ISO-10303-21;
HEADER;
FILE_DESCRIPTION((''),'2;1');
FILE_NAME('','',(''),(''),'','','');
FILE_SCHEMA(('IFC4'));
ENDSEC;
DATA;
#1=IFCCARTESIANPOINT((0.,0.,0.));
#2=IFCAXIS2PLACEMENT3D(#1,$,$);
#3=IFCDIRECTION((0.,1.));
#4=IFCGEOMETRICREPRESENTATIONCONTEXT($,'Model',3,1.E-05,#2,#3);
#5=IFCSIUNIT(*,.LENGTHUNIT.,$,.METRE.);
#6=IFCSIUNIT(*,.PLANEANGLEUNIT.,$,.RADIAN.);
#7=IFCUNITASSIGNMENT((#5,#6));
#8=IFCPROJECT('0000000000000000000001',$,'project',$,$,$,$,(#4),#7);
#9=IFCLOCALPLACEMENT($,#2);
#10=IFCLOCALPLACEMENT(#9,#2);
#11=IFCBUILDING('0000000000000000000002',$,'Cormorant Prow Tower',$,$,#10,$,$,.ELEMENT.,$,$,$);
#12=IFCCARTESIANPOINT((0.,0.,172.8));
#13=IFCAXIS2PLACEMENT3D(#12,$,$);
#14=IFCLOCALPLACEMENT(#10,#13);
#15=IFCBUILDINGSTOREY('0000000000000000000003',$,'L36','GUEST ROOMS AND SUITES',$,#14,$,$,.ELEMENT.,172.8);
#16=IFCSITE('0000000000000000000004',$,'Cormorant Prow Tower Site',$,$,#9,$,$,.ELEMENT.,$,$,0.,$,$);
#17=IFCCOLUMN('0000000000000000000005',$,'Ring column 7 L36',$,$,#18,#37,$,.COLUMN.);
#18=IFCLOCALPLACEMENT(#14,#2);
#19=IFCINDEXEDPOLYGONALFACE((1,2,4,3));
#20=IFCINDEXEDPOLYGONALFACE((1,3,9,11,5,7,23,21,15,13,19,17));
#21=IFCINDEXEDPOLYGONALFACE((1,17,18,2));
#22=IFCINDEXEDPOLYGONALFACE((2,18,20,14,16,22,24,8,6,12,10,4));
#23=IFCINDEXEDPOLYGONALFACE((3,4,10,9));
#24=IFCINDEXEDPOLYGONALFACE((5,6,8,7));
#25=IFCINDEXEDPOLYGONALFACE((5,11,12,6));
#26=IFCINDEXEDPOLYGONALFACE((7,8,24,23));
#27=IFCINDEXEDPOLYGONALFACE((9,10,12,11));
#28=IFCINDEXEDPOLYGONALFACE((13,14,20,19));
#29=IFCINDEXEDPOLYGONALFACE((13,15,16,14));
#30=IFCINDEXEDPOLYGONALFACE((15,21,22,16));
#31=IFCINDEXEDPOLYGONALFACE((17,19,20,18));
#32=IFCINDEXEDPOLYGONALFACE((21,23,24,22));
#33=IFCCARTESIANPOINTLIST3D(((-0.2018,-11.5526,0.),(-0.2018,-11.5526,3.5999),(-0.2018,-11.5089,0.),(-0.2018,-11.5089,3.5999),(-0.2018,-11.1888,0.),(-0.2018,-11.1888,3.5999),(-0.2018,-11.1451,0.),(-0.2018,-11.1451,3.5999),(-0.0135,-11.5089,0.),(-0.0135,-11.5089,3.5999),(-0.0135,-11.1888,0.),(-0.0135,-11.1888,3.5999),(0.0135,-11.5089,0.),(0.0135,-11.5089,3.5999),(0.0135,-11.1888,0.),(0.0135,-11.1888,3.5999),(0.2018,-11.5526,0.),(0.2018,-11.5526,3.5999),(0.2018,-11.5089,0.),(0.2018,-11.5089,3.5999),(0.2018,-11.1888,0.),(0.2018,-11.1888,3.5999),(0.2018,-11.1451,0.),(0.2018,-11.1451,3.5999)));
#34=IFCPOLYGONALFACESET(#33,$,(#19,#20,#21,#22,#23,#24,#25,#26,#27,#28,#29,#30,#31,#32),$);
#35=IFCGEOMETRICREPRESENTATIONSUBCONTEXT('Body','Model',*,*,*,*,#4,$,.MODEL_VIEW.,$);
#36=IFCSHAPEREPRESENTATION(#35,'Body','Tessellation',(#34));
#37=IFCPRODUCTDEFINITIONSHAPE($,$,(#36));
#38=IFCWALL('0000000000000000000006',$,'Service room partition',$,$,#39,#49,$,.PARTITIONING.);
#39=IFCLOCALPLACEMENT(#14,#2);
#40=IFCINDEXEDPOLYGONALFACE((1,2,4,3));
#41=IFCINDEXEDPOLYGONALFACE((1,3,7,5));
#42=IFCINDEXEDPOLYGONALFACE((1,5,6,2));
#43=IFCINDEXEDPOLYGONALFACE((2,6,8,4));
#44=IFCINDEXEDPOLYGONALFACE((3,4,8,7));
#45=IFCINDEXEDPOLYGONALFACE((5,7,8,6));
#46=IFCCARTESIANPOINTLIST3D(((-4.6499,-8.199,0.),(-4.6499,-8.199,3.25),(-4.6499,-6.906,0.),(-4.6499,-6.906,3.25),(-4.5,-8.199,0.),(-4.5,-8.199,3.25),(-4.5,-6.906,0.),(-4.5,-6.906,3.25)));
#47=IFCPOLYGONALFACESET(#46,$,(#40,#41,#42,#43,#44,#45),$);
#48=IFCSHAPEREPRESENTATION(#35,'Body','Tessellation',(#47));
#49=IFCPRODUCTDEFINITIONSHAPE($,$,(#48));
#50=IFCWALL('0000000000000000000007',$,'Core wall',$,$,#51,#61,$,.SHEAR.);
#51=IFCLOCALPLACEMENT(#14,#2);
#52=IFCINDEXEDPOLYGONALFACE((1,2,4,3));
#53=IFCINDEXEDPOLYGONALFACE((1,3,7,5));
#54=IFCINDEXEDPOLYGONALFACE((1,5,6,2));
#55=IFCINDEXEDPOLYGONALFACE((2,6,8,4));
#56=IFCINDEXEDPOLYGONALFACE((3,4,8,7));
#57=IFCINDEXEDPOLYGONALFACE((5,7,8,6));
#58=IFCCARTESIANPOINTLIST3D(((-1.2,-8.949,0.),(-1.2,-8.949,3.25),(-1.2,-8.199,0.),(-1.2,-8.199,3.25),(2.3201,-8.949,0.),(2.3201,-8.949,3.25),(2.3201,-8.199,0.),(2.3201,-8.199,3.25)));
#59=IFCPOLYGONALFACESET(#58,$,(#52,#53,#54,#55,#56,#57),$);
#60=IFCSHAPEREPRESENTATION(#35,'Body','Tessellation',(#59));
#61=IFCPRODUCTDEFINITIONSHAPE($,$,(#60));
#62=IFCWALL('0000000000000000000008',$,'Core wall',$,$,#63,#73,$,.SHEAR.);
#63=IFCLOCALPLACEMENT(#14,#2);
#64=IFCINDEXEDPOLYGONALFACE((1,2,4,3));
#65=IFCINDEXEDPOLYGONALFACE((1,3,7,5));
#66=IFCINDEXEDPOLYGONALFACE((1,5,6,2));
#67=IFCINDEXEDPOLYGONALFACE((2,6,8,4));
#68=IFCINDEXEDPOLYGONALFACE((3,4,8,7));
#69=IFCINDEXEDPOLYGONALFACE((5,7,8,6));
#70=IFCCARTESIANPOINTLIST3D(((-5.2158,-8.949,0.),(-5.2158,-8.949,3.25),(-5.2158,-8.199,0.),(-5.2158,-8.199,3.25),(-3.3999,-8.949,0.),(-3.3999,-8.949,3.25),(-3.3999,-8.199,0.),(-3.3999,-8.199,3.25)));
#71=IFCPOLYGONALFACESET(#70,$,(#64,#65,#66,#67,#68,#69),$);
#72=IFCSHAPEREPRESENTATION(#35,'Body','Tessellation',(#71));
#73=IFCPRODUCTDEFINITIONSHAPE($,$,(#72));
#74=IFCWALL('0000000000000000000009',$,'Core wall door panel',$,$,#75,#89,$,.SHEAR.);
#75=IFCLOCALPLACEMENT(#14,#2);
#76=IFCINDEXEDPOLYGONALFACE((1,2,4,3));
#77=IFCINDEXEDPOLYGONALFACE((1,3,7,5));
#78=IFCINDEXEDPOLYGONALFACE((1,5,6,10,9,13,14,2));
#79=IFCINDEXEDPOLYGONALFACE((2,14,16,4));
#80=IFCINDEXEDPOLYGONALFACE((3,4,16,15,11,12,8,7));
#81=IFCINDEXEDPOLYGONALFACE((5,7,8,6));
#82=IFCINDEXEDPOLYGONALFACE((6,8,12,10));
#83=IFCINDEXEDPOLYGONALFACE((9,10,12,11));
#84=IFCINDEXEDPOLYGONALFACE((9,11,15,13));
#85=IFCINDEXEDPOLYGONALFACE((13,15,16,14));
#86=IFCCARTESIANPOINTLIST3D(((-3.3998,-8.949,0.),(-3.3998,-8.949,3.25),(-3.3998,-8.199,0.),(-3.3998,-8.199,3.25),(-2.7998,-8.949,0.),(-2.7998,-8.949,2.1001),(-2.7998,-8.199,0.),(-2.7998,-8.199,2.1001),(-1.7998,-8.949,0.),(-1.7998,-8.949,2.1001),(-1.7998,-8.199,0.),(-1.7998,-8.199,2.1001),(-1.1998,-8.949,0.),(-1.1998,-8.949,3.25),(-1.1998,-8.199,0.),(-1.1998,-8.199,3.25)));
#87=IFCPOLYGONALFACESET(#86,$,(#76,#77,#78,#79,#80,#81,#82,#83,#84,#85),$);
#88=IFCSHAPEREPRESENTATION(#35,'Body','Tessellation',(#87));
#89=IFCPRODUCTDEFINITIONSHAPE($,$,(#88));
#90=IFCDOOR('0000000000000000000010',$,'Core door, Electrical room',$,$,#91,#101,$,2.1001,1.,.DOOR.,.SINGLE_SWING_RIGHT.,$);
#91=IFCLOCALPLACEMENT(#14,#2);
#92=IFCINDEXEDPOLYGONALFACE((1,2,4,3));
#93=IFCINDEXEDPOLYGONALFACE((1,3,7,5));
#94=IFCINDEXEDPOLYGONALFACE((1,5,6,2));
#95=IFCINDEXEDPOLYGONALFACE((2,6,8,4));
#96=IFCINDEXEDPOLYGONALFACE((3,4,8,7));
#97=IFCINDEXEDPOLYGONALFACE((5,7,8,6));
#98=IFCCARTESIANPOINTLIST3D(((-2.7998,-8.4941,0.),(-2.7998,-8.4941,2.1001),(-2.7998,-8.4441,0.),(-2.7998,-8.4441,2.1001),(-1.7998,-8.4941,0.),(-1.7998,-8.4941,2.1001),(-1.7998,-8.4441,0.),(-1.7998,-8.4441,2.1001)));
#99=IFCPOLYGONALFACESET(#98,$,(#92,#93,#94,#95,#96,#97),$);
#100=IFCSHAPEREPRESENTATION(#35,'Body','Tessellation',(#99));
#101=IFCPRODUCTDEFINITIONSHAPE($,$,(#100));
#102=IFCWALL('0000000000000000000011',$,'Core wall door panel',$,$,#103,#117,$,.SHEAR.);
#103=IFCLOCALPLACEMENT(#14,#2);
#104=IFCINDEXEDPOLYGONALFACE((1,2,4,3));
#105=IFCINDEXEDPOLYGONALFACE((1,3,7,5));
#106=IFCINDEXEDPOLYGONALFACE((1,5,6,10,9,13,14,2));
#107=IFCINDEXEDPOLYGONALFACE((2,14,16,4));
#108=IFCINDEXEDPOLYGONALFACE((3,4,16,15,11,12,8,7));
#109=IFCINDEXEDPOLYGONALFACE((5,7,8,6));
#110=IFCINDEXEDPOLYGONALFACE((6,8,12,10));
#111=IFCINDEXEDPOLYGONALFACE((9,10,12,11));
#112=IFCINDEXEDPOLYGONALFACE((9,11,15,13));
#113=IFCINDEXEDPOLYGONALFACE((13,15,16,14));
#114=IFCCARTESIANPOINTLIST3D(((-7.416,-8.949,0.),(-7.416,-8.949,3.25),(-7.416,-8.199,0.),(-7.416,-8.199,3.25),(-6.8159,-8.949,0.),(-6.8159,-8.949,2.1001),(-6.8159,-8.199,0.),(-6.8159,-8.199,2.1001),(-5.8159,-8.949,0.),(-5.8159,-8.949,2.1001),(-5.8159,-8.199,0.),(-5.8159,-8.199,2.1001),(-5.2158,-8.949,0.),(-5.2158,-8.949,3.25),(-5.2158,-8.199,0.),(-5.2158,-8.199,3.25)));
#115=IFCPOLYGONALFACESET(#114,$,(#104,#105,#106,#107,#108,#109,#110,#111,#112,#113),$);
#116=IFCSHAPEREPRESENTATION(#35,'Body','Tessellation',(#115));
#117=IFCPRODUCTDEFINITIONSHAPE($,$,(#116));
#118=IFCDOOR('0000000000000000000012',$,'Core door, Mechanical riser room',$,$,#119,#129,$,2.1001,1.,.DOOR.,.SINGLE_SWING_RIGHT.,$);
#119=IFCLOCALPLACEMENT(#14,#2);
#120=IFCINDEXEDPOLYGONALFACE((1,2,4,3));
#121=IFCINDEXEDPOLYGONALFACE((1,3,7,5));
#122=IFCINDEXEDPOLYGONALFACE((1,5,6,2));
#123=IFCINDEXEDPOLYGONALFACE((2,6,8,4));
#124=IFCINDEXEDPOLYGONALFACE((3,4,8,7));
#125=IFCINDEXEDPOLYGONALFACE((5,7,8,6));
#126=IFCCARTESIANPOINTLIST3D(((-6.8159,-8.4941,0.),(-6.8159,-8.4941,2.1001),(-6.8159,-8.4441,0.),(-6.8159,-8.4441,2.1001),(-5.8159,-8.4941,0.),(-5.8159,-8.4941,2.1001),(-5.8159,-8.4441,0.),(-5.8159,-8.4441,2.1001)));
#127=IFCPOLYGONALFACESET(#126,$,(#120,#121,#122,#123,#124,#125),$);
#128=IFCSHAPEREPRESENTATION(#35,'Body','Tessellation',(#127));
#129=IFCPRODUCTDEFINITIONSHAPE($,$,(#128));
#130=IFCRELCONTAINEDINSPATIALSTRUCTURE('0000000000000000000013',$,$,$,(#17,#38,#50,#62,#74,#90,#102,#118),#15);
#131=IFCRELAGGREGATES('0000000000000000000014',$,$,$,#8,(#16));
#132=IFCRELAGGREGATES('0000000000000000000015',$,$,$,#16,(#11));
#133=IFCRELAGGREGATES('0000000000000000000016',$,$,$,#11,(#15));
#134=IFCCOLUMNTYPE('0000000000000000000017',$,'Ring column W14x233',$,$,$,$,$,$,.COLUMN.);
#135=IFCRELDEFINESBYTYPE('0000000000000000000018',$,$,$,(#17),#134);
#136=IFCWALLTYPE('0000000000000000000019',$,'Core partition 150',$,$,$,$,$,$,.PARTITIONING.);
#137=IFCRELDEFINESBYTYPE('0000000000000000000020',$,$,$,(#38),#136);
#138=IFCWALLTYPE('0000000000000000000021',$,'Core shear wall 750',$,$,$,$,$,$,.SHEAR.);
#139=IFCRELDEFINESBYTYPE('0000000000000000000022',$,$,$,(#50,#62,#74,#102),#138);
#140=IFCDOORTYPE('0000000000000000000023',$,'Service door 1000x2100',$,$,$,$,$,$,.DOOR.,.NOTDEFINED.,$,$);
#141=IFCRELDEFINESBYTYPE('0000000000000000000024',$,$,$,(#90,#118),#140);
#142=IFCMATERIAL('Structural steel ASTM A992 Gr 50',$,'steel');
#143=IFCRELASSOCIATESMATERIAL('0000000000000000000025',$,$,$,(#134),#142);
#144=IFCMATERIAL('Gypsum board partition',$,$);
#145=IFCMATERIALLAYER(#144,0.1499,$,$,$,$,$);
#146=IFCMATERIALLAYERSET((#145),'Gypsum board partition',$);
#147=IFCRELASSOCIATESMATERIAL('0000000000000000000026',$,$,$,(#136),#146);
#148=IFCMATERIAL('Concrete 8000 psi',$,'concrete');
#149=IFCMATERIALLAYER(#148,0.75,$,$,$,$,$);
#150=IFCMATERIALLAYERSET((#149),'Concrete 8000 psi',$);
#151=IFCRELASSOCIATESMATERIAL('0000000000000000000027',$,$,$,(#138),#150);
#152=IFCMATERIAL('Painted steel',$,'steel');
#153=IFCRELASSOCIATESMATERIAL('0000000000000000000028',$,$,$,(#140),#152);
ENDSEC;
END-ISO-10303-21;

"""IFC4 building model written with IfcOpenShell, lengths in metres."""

from ifc_helpers import new_model, si_unit, direction, frame, frame_2d, origin, origin_2d, place, context, subcontext, project, spatial, rectangle, i_section, extrude, material, layer, layer_set, material_profile, profile_set, type_object, element, fill, save


model = new_model("IFC4")

# Units and contexts
model_context = context("Model", 3, precision=1e-05, world=origin(), true_north=direction((0.0, 1.0)))
body_context = subcontext(model_context, "Body", "Model", "MODEL_VIEW")
ifc_project = project(units=[si_unit("LENGTHUNIT", "METRE"), si_unit("PLANEANGLEUNIT", "RADIAN")], contexts=[model_context])

# Site, building, storey
site_placement = place(None, origin())
site = spatial("IfcSite", under=ifc_project, at=site_placement, Name="Cormorant Prow Tower Site", CompositionType="ELEMENT", RefElevation=0.0)
building_placement = place(site_placement, origin())
building = spatial("IfcBuilding", under=site, at=building_placement, Name="Cormorant Prow Tower", CompositionType="ELEMENT")
storey_placement = place(building_placement, frame((0.0, 0.0, 172.8)))
storey = spatial("IfcBuildingStorey", under=building, at=storey_placement, Name="L36", Description="GUEST ROOMS AND SUITES", CompositionType="ELEMENT", Elevation=172.8)

# Column
ifc_material_1 = material(Name="Structural steel ASTM A992 Gr 50", Category="steel")
ifc_material_profile = material_profile(ifc_material_1, i_section(OverallWidth=0.4036, OverallDepth=0.4075, WebThickness=0.0271, FlangeThickness=0.0437, at=origin_2d()), Name="W14x233")
ifc_profile_set = profile_set([ifc_material_profile], Name="Structural steel ASTM A992 Gr 50")
column_type = type_object("IfcColumnType", Name="Ring column W14x233", PredefinedType="COLUMN", material=ifc_profile_set)
column_placement = place(storey_placement, frame((0.0, -11.3489, 0.0), z_axis=(0.0, 0.0, 1.0), x_axis=(1.0, 0.0, 0.0)))
element("IfcColumn", 1, at=column_placement, inside=storey, type_object=column_type, Name="Ring column 7 L36", PredefinedType="COLUMN", context=body_context, shape_type="SweptSolid", body=[
    extrude(i_section(OverallWidth=0.4036, OverallDepth=0.4075, WebThickness=0.0271, FlangeThickness=0.0437, at=origin_2d()), origin(), (0.0, 0.0, 1.0), 3.5999),
])

# Walls
ifc_material_2 = material(Name="Gypsum board partition")
ifc_layer_1 = layer(ifc_material_2, 0.1499)
ifc_layer_set_1 = layer_set([ifc_layer_1], Name="Gypsum board partition")
wall_type_1 = type_object("IfcWallType", Name="Core partition 150", PredefinedType="PARTITIONING", material=ifc_layer_set_1)
wall_1_placement = place(storey_placement, frame((-4.575, -6.906, 0.0), z_axis=(0.0, 0.0, 1.0), x_axis=(0.0, -1.0, 0.0)))
element("IfcWall", 2, at=wall_1_placement, inside=storey, type_object=wall_type_1, Name="Service room partition", PredefinedType="PARTITIONING", context=body_context, shape_type="SweptSolid", body=[
    extrude(rectangle(XDim=1.293, YDim=0.1499, at=frame_2d((0.6465, 0.0))), origin(), (0.0, 0.0, 1.0), 3.25),
])
ifc_material_3 = material(Name="Concrete 8000 psi", Category="concrete")
ifc_layer_2 = layer(ifc_material_3, 0.75)
ifc_layer_set_2 = layer_set([ifc_layer_2], Name="Concrete 8000 psi")
wall_type_2 = type_object("IfcWallType", Name="Core shear wall 750", PredefinedType="SHEAR", material=ifc_layer_set_2)
wall_2_placement = place(storey_placement, frame((-1.2, -8.574, 0.0), z_axis=(0.0, 0.0, 1.0), x_axis=(1.0, 0.0, 0.0)))
element("IfcWall", 3, at=wall_2_placement, inside=storey, type_object=wall_type_2, Name="Core wall", PredefinedType="SHEAR", context=body_context, shape_type="SweptSolid", body=[
    extrude(rectangle(XDim=3.52, YDim=0.75, at=frame_2d((1.76, 0.0))), origin(), (0.0, 0.0, 1.0), 3.25),
])
wall_3_placement = place(storey_placement, frame((-5.2158, -8.574, 0.0), z_axis=(0.0, 0.0, 1.0), x_axis=(1.0, 0.0, 0.0)))
element("IfcWall", 4, at=wall_3_placement, inside=storey, type_object=wall_type_2, Name="Core wall", PredefinedType="SHEAR", context=body_context, shape_type="SweptSolid", body=[
    extrude(rectangle(XDim=1.8159, YDim=0.75, at=frame_2d((0.908, 0.0))), origin(), (0.0, 0.0, 1.0), 3.25),
])

# Walls, openings, doors
wall_4_placement = place(storey_placement, frame((-3.3999, -8.574, 0.0), z_axis=(0.0, 0.0, 1.0), x_axis=(1.0, 0.0, 0.0)))
wall_4 = element("IfcWall", 5, at=wall_4_placement, inside=storey, type_object=wall_type_2, Name="Core wall door panel", PredefinedType="SHEAR", context=body_context, shape_type="SweptSolid", body=[
    extrude(rectangle(XDim=2.2, YDim=0.75, at=frame_2d((1.1001, 0.0))), origin(), (0.0, 0.0, 1.0), 3.25),
])
opening_1_placement = place(wall_4_placement, frame((0.6001, 0.0, 0.0)))
opening_1 = element("IfcOpeningElement", 6, at=opening_1_placement, cuts=wall_4, PredefinedType="OPENING", context=body_context, shape_type="SweptSolid", body=[
    extrude(rectangle(XDim=1.0, YDim=2.1001, at=frame_2d((0.5, 1.05))), frame((0.0, 0.385, 0.0), z_axis=(0.0, -1.0, 0.0), x_axis=(1.0, 0.0, 0.0)), (0.0, 0.0, 1.0), 0.77),
])
ifc_material_4 = material(Name="Painted steel", Category="steel")
door_type_1 = type_object("IfcDoorType", Name="Service door 1000x2100", OperationType="NOTDEFINED", PredefinedType="DOOR", material=ifc_material_4)
door_1_placement = place(opening_1_placement, origin())
door_1 = element("IfcDoor", 7, at=door_1_placement, inside=storey, type_object=door_type_1, Name="Core door, Electrical room", OperationType="SINGLE_SWING_RIGHT", OverallHeight=2.1001, OverallWidth=1.0, PredefinedType="DOOR", context=body_context, shape_type="SweptSolid", body=[
    extrude(rectangle(XDim=1.0, YDim=2.1001, at=frame_2d((0.5, 1.05))), frame((0.0, 0.1299, 0.0), z_axis=(0.0, -1.0, 0.0), x_axis=(1.0, 0.0, 0.0)), (0.0, 0.0, 1.0), 0.05),
])
fill(opening_1, door_1)
wall_5_placement = place(storey_placement, frame((-7.416, -8.574, 0.0), z_axis=(0.0, 0.0, 1.0), x_axis=(1.0, 0.0, 0.0)))
wall_5 = element("IfcWall", 8, at=wall_5_placement, inside=storey, type_object=wall_type_2, Name="Core wall door panel", PredefinedType="SHEAR", context=body_context, shape_type="SweptSolid", body=[
    extrude(rectangle(XDim=2.2002, YDim=0.75, at=frame_2d((1.1001, 0.0))), origin(), (0.0, 0.0, 1.0), 3.25),
])
opening_2_placement = place(wall_5_placement, frame((0.6001, 0.0, 0.0)))
opening_2 = element("IfcOpeningElement", 9, at=opening_2_placement, cuts=wall_5, PredefinedType="OPENING", context=body_context, shape_type="SweptSolid", body=[
    extrude(rectangle(XDim=1.0, YDim=2.1001, at=frame_2d((0.5, 1.05))), frame((0.0, 0.385, 0.0), z_axis=(0.0, -1.0, 0.0), x_axis=(1.0, 0.0, 0.0)), (0.0, 0.0, 1.0), 0.77),
])
door_2_placement = place(opening_2_placement, origin())
door_2 = element("IfcDoor", 10, at=door_2_placement, inside=storey, type_object=door_type_1, Name="Core door, Mechanical riser room", OperationType="SINGLE_SWING_RIGHT", OverallHeight=2.1001, OverallWidth=1.0, PredefinedType="DOOR", context=body_context, shape_type="SweptSolid", body=[
    extrude(rectangle(XDim=1.0, YDim=2.1001, at=frame_2d((0.5, 1.05))), frame((0.0, 0.1299, 0.0), z_axis=(0.0, -1.0, 0.0), x_axis=(1.0, 0.0, 0.0)), (0.0, 0.0, 1.0), 0.05),
])
fill(opening_2, door_2)

save(model, "model.ifc")
